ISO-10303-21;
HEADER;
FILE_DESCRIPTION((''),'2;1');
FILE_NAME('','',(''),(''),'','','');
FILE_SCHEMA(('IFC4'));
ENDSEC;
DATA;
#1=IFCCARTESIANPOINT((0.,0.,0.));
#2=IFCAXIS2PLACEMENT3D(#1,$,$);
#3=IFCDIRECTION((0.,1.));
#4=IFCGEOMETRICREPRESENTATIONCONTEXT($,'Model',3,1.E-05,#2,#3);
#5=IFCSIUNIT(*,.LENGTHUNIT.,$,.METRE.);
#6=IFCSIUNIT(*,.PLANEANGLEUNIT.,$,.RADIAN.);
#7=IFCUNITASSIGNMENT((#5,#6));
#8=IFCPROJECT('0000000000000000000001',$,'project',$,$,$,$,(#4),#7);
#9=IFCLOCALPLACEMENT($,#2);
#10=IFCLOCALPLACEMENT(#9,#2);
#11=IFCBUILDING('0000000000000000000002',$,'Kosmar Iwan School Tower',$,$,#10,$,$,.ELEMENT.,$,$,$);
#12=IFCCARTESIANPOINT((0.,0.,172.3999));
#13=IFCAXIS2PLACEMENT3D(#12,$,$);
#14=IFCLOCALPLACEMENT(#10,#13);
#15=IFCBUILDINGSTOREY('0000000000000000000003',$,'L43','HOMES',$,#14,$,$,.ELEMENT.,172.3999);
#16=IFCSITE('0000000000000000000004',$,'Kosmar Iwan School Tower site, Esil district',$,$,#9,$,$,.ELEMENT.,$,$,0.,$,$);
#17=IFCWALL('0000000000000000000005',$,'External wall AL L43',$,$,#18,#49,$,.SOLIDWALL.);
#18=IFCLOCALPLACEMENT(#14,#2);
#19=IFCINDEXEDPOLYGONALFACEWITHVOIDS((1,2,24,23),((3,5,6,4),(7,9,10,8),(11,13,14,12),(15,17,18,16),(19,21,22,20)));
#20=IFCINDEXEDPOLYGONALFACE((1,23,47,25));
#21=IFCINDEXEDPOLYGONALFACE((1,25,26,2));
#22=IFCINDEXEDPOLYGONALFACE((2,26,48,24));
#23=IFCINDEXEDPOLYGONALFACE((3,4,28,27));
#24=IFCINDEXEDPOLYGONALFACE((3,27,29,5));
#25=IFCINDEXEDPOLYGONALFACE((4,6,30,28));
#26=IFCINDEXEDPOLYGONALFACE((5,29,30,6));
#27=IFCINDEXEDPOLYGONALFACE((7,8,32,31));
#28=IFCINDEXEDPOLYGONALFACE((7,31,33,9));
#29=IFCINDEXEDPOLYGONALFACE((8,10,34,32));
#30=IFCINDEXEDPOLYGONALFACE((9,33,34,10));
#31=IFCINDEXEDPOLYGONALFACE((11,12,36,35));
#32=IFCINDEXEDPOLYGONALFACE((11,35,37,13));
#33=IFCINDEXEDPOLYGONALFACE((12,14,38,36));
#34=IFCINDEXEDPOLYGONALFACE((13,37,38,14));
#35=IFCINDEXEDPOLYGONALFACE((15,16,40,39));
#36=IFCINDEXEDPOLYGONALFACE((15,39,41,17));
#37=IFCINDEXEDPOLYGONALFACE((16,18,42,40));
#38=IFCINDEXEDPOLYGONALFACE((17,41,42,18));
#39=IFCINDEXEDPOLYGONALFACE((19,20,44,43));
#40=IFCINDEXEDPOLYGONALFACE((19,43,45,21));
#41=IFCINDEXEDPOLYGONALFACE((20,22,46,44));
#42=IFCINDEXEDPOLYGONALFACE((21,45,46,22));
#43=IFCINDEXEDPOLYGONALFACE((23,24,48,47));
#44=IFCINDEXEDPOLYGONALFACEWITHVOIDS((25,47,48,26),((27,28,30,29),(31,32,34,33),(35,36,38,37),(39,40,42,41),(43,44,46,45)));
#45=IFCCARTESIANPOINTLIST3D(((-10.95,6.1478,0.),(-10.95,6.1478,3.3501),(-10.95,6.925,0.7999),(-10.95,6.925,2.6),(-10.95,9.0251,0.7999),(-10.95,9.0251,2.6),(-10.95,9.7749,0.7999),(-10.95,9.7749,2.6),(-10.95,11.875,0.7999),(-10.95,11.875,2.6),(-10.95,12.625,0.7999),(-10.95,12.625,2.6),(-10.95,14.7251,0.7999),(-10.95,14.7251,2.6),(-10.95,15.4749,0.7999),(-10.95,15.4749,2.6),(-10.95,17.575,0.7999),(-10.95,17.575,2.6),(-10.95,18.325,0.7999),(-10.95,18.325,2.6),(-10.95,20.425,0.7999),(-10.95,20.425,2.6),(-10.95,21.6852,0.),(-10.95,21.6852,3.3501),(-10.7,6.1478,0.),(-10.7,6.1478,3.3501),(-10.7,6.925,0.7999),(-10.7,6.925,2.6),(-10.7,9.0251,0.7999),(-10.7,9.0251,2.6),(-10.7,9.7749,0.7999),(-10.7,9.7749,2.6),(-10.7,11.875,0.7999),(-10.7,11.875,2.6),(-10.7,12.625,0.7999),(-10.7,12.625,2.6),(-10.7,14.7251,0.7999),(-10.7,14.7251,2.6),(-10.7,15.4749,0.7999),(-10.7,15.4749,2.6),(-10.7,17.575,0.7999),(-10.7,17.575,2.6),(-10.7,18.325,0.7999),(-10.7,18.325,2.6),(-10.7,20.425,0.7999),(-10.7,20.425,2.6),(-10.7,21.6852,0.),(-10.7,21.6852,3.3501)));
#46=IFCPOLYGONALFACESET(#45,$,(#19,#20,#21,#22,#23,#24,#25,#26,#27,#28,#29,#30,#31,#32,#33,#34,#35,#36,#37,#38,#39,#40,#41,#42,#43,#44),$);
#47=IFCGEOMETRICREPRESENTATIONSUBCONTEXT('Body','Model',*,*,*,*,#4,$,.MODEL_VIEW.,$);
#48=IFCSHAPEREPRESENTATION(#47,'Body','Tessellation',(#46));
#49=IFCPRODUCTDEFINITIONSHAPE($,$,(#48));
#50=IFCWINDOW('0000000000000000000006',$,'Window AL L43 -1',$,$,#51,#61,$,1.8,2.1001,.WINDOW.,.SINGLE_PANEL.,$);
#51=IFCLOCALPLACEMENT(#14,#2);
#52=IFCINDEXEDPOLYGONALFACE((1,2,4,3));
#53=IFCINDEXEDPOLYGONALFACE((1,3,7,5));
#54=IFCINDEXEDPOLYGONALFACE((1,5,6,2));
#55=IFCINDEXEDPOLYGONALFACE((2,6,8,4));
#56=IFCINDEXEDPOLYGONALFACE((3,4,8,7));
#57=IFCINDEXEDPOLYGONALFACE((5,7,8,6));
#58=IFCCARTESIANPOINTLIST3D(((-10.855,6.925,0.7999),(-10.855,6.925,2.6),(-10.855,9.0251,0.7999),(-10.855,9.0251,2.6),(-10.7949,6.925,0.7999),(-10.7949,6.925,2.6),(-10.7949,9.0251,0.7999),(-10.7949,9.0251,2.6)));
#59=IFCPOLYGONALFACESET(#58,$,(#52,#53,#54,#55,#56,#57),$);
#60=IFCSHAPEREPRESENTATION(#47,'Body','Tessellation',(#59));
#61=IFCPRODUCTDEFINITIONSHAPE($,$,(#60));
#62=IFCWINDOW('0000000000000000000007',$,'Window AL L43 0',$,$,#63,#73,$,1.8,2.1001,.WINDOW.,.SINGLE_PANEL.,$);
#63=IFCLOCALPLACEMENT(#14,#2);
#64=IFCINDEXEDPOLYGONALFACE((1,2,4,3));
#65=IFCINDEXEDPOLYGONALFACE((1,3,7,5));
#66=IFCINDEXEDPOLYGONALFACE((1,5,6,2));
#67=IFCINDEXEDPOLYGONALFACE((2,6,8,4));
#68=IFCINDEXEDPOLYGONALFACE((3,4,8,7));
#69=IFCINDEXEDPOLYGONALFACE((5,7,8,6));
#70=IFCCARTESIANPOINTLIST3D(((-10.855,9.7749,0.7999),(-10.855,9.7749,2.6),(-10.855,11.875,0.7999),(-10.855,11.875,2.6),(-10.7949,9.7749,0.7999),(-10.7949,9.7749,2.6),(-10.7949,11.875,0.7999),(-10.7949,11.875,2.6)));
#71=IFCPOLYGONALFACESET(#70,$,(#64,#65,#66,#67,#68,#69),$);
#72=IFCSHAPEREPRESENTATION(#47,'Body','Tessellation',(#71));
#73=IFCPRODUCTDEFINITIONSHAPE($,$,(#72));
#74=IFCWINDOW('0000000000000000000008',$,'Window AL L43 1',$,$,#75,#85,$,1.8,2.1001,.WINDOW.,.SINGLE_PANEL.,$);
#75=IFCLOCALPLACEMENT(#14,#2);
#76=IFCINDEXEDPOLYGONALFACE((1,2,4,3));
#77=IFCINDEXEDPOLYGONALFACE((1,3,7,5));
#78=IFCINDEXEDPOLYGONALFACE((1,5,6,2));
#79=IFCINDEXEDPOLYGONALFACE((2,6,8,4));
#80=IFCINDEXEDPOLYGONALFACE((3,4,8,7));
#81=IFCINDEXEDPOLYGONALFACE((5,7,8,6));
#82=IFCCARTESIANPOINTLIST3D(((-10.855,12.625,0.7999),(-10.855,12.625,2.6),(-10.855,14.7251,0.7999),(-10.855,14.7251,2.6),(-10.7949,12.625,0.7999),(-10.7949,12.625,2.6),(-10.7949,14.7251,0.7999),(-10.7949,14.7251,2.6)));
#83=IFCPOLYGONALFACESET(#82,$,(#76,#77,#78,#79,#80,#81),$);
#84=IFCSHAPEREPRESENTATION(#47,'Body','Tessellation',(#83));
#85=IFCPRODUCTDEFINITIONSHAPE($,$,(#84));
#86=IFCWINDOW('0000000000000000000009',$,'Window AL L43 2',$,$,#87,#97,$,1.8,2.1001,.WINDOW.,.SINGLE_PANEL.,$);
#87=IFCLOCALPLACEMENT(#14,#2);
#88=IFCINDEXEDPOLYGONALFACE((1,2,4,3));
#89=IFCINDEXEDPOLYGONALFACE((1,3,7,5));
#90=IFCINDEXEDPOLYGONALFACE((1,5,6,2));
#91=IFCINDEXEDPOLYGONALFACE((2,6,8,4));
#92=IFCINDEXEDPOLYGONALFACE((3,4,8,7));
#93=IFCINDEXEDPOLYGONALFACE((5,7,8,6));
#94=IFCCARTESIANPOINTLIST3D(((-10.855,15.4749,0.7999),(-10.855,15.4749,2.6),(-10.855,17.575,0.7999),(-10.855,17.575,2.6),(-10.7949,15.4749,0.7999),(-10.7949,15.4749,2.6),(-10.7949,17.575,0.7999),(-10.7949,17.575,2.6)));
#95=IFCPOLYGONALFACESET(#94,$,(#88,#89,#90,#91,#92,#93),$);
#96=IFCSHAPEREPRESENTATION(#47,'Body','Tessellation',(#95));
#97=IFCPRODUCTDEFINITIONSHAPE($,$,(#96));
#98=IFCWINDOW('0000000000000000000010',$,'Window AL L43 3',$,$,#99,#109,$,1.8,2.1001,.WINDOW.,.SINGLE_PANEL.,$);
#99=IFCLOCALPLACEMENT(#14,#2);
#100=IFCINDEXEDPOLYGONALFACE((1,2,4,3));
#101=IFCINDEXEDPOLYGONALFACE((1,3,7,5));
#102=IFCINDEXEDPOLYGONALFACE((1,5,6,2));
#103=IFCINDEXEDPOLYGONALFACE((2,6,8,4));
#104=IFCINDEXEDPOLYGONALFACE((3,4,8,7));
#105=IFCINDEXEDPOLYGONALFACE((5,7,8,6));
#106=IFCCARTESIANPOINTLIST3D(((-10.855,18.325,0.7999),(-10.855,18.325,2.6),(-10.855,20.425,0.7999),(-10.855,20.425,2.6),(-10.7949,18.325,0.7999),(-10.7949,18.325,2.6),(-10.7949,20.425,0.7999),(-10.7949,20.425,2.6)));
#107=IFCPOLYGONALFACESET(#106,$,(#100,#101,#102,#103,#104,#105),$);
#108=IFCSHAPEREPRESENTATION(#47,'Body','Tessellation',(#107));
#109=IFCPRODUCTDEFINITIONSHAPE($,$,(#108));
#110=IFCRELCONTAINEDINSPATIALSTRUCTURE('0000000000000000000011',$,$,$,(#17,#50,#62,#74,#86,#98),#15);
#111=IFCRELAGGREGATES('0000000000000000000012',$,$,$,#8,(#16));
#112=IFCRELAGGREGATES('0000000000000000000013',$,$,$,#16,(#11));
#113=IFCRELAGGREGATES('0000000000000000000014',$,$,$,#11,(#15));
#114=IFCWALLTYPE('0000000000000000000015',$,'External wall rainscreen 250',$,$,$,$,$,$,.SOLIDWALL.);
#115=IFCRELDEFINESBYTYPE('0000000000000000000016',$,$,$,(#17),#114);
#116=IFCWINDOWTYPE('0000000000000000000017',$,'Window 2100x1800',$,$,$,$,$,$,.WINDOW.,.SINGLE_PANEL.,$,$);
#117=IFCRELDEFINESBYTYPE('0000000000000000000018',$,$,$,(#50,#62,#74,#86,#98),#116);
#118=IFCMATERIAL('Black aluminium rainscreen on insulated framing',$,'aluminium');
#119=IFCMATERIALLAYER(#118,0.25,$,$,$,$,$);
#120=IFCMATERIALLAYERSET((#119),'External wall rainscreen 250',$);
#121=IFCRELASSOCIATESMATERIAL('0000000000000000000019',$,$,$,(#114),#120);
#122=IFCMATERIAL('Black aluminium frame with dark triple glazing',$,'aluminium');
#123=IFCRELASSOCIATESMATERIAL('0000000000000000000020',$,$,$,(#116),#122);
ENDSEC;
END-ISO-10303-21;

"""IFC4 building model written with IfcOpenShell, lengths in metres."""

from ifc_helpers import new_model, si_unit, direction, frame, frame_2d, origin, place, context, subcontext, project, spatial, rectangle, extrude, material, layer, layer_set, type_object, element, fill, save


model = new_model("IFC4")

# Units and contexts
model_context = context("Model", 3, precision=1e-05, world=origin(), true_north=direction((0.0, 1.0)))
body_context = subcontext(model_context, "Body", "Model", "MODEL_VIEW")
ifc_project = project(units=[si_unit("LENGTHUNIT", "METRE"), si_unit("PLANEANGLEUNIT", "RADIAN")], contexts=[model_context])

# Site, building, storey
site_placement = place(None, origin())
site = spatial("IfcSite", under=ifc_project, at=site_placement, Name="Kosmar Iwan School Tower site, Esil district", CompositionType="ELEMENT", RefElevation=0.0)
building_placement = place(site_placement, origin())
building = spatial("IfcBuilding", under=site, at=building_placement, Name="Kosmar Iwan School Tower", CompositionType="ELEMENT")
storey_placement = place(building_placement, frame((0.0, 0.0, 172.3999)))
storey = spatial("IfcBuildingStorey", under=building, at=storey_placement, Name="L43", Description="HOMES", CompositionType="ELEMENT", Elevation=172.3999)

# Wall, openings, windows
ifc_material_1 = material(Name="Black aluminium rainscreen on insulated framing", Category="aluminium")
ifc_layer = layer(ifc_material_1, 0.25)
ifc_layer_set = layer_set([ifc_layer], Name="External wall rainscreen 250")
wall_type = type_object("IfcWallType", Name="External wall rainscreen 250", PredefinedType="SOLIDWALL", material=ifc_layer_set)
wall_1_placement = place(storey_placement, frame((-10.825, 6.1479, 0.0), z_axis=(0.0, 0.0, 1.0), x_axis=(0.0, 1.0, 0.0)))
wall_1 = element("IfcWall", 1, at=wall_1_placement, inside=storey, type_object=wall_type, Name="External wall AL L43", PredefinedType="SOLIDWALL", context=body_context, shape_type="SweptSolid", body=[
    extrude(rectangle(XDim=15.5374, YDim=0.25, at=frame_2d((7.7686, 0.0))), origin(), (0.0, 0.0, 1.0), 3.3501),
])
opening_1_placement = place(wall_1_placement, frame((0.7771, 0.0, 0.8)))
opening_1 = element("IfcOpeningElement", 2, at=opening_1_placement, cuts=wall_1, PredefinedType="OPENING", context=body_context, shape_type="SweptSolid", body=[
    extrude(rectangle(XDim=2.1001, YDim=1.8, at=frame_2d((1.05, 0.8999))), frame((0.0, 0.137, 0.0), z_axis=(0.0, -1.0, 0.0), x_axis=(1.0, 0.0, 0.0)), (0.0, 0.0, 1.0), 0.2739),
])
opening_2_placement = place(wall_1_placement, frame((3.627, 0.0, 0.8)))
opening_2 = element("IfcOpeningElement", 3, at=opening_2_placement, cuts=wall_1, PredefinedType="OPENING", context=body_context, shape_type="SweptSolid", body=[
    extrude(rectangle(XDim=2.1001, YDim=1.8, at=frame_2d((1.05, 0.8999))), frame((0.0, 0.137, 0.0), z_axis=(0.0, -1.0, 0.0), x_axis=(1.0, 0.0, 0.0)), (0.0, 0.0, 1.0), 0.2739),
])
opening_3_placement = place(wall_1_placement, frame((6.4771, 0.0, 0.8)))
opening_3 = element("IfcOpeningElement", 4, at=opening_3_placement, cuts=wall_1, PredefinedType="OPENING", context=body_context, shape_type="SweptSolid", body=[
    extrude(rectangle(XDim=2.1001, YDim=1.8, at=frame_2d((1.05, 0.8999))), frame((0.0, 0.137, 0.0), z_axis=(0.0, -1.0, 0.0), x_axis=(1.0, 0.0, 0.0)), (0.0, 0.0, 1.0), 0.2739),
])
opening_4_placement = place(wall_1_placement, frame((9.3269, 0.0, 0.8)))
opening_4 = element("IfcOpeningElement", 5, at=opening_4_placement, cuts=wall_1, PredefinedType="OPENING", context=body_context, shape_type="SweptSolid", body=[
    extrude(rectangle(XDim=2.1001, YDim=1.8, at=frame_2d((1.05, 0.8999))), frame((0.0, 0.137, 0.0), z_axis=(0.0, -1.0, 0.0), x_axis=(1.0, 0.0, 0.0)), (0.0, 0.0, 1.0), 0.2739),
])
opening_5_placement = place(wall_1_placement, frame((12.177, 0.0, 0.8)))
opening_5 = element("IfcOpeningElement", 6, at=opening_5_placement, cuts=wall_1, PredefinedType="OPENING", context=body_context, shape_type="SweptSolid", body=[
    extrude(rectangle(XDim=2.1001, YDim=1.8, at=frame_2d((1.05, 0.8999))), frame((0.0, 0.137, 0.0), z_axis=(0.0, -1.0, 0.0), x_axis=(1.0, 0.0, 0.0)), (0.0, 0.0, 1.0), 0.2739),
])
ifc_material_2 = material(Name="Black aluminium frame with dark triple glazing", Category="aluminium")
window_type = type_object("IfcWindowType", Name="Window 2100x1800", PartitioningType="SINGLE_PANEL", PredefinedType="WINDOW", material=ifc_material_2)
window_1_placement = place(opening_1_placement, origin())
window_1 = element("IfcWindow", 7, at=window_1_placement, inside=storey, type_object=window_type, Name="Window AL L43 -1", OverallHeight=1.8, OverallWidth=2.1001, PartitioningType="SINGLE_PANEL", PredefinedType="WINDOW", context=body_context, shape_type="SweptSolid", body=[
    extrude(rectangle(XDim=2.1001, YDim=1.8, at=frame_2d((1.05, 0.8999))), frame((0.0, 0.03, 0.0), z_axis=(0.0, -1.0, 0.0), x_axis=(1.0, 0.0, 0.0)), (0.0, 0.0, 1.0), 0.0601),
])
fill(opening_1, window_1)
window_2_placement = place(opening_2_placement, origin())
window_2 = element("IfcWindow", 8, at=window_2_placement, inside=storey, type_object=window_type, Name="Window AL L43 0", OverallHeight=1.8, OverallWidth=2.1001, PartitioningType="SINGLE_PANEL", PredefinedType="WINDOW", context=body_context, shape_type="SweptSolid", body=[
    extrude(rectangle(XDim=2.1001, YDim=1.8, at=frame_2d((1.05, 0.8999))), frame((0.0, 0.03, 0.0), z_axis=(0.0, -1.0, 0.0), x_axis=(1.0, 0.0, 0.0)), (0.0, 0.0, 1.0), 0.0601),
])
fill(opening_2, window_2)
window_3_placement = place(opening_3_placement, origin())
window_3 = element("IfcWindow", 9, at=window_3_placement, inside=storey, type_object=window_type, Name="Window AL L43 1", OverallHeight=1.8, OverallWidth=2.1001, PartitioningType="SINGLE_PANEL", PredefinedType="WINDOW", context=body_context, shape_type="SweptSolid", body=[
    extrude(rectangle(XDim=2.1001, YDim=1.8, at=frame_2d((1.05, 0.8999))), frame((0.0, 0.03, 0.0), z_axis=(0.0, -1.0, 0.0), x_axis=(1.0, 0.0, 0.0)), (0.0, 0.0, 1.0), 0.0601),
])
fill(opening_3, window_3)
window_4_placement = place(opening_4_placement, origin())
window_4 = element("IfcWindow", 10, at=window_4_placement, inside=storey, type_object=window_type, Name="Window AL L43 2", OverallHeight=1.8, OverallWidth=2.1001, PartitioningType="SINGLE_PANEL", PredefinedType="WINDOW", context=body_context, shape_type="SweptSolid", body=[
    extrude(rectangle(XDim=2.1001, YDim=1.8, at=frame_2d((1.05, 0.8999))), frame((0.0, 0.03, 0.0), z_axis=(0.0, -1.0, 0.0), x_axis=(1.0, 0.0, 0.0)), (0.0, 0.0, 1.0), 0.0601),
])
fill(opening_4, window_4)
window_5_placement = place(opening_5_placement, origin())
window_5 = element("IfcWindow", 11, at=window_5_placement, inside=storey, type_object=window_type, Name="Window AL L43 3", OverallHeight=1.8, OverallWidth=2.1001, PartitioningType="SINGLE_PANEL", PredefinedType="WINDOW", context=body_context, shape_type="SweptSolid", body=[
    extrude(rectangle(XDim=2.1001, YDim=1.8, at=frame_2d((1.05, 0.8999))), frame((0.0, 0.03, 0.0), z_axis=(0.0, -1.0, 0.0), x_axis=(1.0, 0.0, 0.0)), (0.0, 0.0, 1.0), 0.0601),
])
fill(opening_5, window_5)

save(model, "model.ifc")
